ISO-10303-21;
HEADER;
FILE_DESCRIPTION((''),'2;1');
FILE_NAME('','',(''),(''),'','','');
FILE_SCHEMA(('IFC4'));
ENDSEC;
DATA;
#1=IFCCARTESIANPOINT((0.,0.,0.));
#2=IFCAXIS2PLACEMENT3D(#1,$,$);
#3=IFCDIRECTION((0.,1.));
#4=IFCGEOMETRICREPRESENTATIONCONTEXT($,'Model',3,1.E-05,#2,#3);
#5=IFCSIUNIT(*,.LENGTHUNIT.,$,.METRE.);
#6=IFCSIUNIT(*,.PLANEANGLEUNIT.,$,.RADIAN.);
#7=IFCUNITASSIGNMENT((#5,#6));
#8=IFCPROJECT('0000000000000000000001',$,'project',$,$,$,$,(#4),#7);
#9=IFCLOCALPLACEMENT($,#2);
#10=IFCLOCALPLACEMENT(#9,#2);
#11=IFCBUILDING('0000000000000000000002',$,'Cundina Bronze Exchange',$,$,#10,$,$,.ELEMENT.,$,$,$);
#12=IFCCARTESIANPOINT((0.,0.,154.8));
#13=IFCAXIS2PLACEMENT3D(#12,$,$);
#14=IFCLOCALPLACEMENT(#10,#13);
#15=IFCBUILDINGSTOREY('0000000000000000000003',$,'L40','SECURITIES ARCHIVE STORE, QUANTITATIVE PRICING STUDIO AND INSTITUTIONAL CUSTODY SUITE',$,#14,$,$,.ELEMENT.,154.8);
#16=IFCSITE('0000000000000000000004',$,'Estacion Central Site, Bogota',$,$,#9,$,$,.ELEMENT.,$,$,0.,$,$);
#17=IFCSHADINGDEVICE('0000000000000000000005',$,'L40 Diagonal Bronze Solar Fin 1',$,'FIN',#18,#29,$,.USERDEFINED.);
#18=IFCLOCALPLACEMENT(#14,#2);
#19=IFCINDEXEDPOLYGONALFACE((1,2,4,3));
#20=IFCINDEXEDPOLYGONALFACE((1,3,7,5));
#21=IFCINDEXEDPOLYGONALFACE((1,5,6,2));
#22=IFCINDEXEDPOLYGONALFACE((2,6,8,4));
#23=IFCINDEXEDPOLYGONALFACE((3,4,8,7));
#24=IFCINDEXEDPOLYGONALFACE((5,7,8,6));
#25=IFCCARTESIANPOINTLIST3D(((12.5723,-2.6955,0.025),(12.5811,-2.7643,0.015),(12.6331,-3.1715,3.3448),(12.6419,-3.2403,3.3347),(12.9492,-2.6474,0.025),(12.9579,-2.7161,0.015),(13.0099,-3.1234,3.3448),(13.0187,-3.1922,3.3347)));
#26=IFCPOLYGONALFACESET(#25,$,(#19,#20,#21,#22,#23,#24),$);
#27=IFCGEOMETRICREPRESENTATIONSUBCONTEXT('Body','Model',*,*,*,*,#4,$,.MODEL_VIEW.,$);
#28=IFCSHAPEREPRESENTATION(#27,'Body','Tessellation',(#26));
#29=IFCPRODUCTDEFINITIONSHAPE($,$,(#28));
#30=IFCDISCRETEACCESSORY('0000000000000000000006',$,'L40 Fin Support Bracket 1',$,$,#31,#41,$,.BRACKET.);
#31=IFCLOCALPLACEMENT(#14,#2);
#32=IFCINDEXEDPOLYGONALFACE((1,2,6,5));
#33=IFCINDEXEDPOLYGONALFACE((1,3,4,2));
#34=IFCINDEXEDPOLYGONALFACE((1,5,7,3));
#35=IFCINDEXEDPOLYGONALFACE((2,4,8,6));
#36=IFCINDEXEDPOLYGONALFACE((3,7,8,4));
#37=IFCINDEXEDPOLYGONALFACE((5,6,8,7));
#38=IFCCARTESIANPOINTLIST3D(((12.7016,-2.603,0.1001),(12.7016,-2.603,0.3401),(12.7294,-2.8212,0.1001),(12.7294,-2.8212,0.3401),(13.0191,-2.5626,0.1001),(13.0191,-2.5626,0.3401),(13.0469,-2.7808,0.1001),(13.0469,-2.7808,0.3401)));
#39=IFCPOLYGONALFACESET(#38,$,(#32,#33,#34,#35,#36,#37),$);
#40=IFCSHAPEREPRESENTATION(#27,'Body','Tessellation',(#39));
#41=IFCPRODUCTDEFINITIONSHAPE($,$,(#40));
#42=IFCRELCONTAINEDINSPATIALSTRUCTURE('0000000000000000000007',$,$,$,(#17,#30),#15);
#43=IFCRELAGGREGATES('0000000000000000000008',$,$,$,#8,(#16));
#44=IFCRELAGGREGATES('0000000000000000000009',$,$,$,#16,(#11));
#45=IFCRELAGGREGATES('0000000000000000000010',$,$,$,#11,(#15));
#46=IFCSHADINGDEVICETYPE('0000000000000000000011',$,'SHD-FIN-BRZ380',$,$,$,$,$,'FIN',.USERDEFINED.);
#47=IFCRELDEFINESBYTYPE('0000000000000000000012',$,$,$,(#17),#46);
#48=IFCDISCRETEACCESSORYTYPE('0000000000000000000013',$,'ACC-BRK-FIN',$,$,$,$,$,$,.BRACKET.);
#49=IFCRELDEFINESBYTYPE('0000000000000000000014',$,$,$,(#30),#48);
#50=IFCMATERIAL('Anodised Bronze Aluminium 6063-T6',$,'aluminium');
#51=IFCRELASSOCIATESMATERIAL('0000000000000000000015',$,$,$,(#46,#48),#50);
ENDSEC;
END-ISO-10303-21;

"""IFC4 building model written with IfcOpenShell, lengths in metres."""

from ifc_helpers import new_model, si_unit, direction, frame, origin, origin_2d, place, context, subcontext, project, spatial, rectangle, extrude, material, material_profile, profile_set, type_object, element, save


model = new_model("IFC4")

# Units and contexts
model_context = context("Model", 3, precision=1e-05, world=origin(), true_north=direction((0.0, 1.0)))
body_context = subcontext(model_context, "Body", "Model", "MODEL_VIEW")
ifc_project = project(units=[si_unit("LENGTHUNIT", "METRE"), si_unit("PLANEANGLEUNIT", "RADIAN")], contexts=[model_context])

# Site, building, storey
site_placement = place(None, origin())
site = spatial("IfcSite", under=ifc_project, at=site_placement, Name="Estacion Central Site, Bogota", CompositionType="ELEMENT", RefElevation=0.0)
building_placement = place(site_placement, origin())
building = spatial("IfcBuilding", under=site, at=building_placement, Name="Cundina Bronze Exchange", CompositionType="ELEMENT")
storey_placement = place(building_placement, frame((0.0, 0.0, 154.8)))
storey = spatial("IfcBuildingStorey", under=building, at=storey_placement, Name="L40", Description="SECURITIES ARCHIVE STORE, QUANTITATIVE PRICING STUDIO AND INSTITUTIONAL CUSTODY SUITE", CompositionType="ELEMENT", Elevation=154.8)

# Shared definitions
ifc_material_1 = material(Name="Anodised Bronze Aluminium 6063-T6", Category="aluminium")

# Shading device
ifc_material_profile_1 = material_profile(ifc_material_1, rectangle(XDim=0.0701, YDim=0.3799, at=origin_2d()), Name="FIN70X380", Category="aluminium")
ifc_profile_set_1 = profile_set([ifc_material_profile_1], Name="Anodised Bronze Aluminium 6063-T6")
shading_device_type = type_object("IfcShadingDeviceType", Name="SHD-FIN-BRZ380", ElementType="FIN", PredefinedType="USERDEFINED", material=ifc_profile_set_1)
shading_device_placement = place(storey_placement, frame((12.7651, -2.7058, 0.02), z_axis=(0.018123, -0.141928, 0.989711), x_axis=(-0.125361, 0.98174, 0.14308)))
element("IfcShadingDevice", 1, at=shading_device_placement, inside=storey, type_object=shading_device_type, Name="L40 Diagonal Bronze Solar Fin 1", ObjectType="FIN", PredefinedType="USERDEFINED", context=body_context, shape_type="SweptSolid", body=[
    extrude(rectangle(XDim=0.0701, YDim=0.3799, at=origin_2d()), origin(), (0.0, 0.0, 1.0), 3.3542),
])

# Discrete accessory
discrete_accessory_type = type_object("IfcDiscreteAccessoryType", Name="ACC-BRK-FIN", PredefinedType="BRACKET", material=ifc_material_1)
discrete_accessory_placement = place(storey_placement, frame((12.8743, -2.6919, 0.1001), z_axis=(0.0, 0.0, 1.0), x_axis=(0.126476, -0.99197, 0.0)))
element("IfcDiscreteAccessory", 2, at=discrete_accessory_placement, inside=storey, type_object=discrete_accessory_type, Name="L40 Fin Support Bracket 1", PredefinedType="BRACKET", context=body_context, shape_type="SweptSolid", body=[
    extrude(rectangle(XDim=0.22, YDim=0.3201, at=origin_2d()), origin(), (0.0, 0.0, 1.0), 0.24),
])

save(model, "model.ifc")
